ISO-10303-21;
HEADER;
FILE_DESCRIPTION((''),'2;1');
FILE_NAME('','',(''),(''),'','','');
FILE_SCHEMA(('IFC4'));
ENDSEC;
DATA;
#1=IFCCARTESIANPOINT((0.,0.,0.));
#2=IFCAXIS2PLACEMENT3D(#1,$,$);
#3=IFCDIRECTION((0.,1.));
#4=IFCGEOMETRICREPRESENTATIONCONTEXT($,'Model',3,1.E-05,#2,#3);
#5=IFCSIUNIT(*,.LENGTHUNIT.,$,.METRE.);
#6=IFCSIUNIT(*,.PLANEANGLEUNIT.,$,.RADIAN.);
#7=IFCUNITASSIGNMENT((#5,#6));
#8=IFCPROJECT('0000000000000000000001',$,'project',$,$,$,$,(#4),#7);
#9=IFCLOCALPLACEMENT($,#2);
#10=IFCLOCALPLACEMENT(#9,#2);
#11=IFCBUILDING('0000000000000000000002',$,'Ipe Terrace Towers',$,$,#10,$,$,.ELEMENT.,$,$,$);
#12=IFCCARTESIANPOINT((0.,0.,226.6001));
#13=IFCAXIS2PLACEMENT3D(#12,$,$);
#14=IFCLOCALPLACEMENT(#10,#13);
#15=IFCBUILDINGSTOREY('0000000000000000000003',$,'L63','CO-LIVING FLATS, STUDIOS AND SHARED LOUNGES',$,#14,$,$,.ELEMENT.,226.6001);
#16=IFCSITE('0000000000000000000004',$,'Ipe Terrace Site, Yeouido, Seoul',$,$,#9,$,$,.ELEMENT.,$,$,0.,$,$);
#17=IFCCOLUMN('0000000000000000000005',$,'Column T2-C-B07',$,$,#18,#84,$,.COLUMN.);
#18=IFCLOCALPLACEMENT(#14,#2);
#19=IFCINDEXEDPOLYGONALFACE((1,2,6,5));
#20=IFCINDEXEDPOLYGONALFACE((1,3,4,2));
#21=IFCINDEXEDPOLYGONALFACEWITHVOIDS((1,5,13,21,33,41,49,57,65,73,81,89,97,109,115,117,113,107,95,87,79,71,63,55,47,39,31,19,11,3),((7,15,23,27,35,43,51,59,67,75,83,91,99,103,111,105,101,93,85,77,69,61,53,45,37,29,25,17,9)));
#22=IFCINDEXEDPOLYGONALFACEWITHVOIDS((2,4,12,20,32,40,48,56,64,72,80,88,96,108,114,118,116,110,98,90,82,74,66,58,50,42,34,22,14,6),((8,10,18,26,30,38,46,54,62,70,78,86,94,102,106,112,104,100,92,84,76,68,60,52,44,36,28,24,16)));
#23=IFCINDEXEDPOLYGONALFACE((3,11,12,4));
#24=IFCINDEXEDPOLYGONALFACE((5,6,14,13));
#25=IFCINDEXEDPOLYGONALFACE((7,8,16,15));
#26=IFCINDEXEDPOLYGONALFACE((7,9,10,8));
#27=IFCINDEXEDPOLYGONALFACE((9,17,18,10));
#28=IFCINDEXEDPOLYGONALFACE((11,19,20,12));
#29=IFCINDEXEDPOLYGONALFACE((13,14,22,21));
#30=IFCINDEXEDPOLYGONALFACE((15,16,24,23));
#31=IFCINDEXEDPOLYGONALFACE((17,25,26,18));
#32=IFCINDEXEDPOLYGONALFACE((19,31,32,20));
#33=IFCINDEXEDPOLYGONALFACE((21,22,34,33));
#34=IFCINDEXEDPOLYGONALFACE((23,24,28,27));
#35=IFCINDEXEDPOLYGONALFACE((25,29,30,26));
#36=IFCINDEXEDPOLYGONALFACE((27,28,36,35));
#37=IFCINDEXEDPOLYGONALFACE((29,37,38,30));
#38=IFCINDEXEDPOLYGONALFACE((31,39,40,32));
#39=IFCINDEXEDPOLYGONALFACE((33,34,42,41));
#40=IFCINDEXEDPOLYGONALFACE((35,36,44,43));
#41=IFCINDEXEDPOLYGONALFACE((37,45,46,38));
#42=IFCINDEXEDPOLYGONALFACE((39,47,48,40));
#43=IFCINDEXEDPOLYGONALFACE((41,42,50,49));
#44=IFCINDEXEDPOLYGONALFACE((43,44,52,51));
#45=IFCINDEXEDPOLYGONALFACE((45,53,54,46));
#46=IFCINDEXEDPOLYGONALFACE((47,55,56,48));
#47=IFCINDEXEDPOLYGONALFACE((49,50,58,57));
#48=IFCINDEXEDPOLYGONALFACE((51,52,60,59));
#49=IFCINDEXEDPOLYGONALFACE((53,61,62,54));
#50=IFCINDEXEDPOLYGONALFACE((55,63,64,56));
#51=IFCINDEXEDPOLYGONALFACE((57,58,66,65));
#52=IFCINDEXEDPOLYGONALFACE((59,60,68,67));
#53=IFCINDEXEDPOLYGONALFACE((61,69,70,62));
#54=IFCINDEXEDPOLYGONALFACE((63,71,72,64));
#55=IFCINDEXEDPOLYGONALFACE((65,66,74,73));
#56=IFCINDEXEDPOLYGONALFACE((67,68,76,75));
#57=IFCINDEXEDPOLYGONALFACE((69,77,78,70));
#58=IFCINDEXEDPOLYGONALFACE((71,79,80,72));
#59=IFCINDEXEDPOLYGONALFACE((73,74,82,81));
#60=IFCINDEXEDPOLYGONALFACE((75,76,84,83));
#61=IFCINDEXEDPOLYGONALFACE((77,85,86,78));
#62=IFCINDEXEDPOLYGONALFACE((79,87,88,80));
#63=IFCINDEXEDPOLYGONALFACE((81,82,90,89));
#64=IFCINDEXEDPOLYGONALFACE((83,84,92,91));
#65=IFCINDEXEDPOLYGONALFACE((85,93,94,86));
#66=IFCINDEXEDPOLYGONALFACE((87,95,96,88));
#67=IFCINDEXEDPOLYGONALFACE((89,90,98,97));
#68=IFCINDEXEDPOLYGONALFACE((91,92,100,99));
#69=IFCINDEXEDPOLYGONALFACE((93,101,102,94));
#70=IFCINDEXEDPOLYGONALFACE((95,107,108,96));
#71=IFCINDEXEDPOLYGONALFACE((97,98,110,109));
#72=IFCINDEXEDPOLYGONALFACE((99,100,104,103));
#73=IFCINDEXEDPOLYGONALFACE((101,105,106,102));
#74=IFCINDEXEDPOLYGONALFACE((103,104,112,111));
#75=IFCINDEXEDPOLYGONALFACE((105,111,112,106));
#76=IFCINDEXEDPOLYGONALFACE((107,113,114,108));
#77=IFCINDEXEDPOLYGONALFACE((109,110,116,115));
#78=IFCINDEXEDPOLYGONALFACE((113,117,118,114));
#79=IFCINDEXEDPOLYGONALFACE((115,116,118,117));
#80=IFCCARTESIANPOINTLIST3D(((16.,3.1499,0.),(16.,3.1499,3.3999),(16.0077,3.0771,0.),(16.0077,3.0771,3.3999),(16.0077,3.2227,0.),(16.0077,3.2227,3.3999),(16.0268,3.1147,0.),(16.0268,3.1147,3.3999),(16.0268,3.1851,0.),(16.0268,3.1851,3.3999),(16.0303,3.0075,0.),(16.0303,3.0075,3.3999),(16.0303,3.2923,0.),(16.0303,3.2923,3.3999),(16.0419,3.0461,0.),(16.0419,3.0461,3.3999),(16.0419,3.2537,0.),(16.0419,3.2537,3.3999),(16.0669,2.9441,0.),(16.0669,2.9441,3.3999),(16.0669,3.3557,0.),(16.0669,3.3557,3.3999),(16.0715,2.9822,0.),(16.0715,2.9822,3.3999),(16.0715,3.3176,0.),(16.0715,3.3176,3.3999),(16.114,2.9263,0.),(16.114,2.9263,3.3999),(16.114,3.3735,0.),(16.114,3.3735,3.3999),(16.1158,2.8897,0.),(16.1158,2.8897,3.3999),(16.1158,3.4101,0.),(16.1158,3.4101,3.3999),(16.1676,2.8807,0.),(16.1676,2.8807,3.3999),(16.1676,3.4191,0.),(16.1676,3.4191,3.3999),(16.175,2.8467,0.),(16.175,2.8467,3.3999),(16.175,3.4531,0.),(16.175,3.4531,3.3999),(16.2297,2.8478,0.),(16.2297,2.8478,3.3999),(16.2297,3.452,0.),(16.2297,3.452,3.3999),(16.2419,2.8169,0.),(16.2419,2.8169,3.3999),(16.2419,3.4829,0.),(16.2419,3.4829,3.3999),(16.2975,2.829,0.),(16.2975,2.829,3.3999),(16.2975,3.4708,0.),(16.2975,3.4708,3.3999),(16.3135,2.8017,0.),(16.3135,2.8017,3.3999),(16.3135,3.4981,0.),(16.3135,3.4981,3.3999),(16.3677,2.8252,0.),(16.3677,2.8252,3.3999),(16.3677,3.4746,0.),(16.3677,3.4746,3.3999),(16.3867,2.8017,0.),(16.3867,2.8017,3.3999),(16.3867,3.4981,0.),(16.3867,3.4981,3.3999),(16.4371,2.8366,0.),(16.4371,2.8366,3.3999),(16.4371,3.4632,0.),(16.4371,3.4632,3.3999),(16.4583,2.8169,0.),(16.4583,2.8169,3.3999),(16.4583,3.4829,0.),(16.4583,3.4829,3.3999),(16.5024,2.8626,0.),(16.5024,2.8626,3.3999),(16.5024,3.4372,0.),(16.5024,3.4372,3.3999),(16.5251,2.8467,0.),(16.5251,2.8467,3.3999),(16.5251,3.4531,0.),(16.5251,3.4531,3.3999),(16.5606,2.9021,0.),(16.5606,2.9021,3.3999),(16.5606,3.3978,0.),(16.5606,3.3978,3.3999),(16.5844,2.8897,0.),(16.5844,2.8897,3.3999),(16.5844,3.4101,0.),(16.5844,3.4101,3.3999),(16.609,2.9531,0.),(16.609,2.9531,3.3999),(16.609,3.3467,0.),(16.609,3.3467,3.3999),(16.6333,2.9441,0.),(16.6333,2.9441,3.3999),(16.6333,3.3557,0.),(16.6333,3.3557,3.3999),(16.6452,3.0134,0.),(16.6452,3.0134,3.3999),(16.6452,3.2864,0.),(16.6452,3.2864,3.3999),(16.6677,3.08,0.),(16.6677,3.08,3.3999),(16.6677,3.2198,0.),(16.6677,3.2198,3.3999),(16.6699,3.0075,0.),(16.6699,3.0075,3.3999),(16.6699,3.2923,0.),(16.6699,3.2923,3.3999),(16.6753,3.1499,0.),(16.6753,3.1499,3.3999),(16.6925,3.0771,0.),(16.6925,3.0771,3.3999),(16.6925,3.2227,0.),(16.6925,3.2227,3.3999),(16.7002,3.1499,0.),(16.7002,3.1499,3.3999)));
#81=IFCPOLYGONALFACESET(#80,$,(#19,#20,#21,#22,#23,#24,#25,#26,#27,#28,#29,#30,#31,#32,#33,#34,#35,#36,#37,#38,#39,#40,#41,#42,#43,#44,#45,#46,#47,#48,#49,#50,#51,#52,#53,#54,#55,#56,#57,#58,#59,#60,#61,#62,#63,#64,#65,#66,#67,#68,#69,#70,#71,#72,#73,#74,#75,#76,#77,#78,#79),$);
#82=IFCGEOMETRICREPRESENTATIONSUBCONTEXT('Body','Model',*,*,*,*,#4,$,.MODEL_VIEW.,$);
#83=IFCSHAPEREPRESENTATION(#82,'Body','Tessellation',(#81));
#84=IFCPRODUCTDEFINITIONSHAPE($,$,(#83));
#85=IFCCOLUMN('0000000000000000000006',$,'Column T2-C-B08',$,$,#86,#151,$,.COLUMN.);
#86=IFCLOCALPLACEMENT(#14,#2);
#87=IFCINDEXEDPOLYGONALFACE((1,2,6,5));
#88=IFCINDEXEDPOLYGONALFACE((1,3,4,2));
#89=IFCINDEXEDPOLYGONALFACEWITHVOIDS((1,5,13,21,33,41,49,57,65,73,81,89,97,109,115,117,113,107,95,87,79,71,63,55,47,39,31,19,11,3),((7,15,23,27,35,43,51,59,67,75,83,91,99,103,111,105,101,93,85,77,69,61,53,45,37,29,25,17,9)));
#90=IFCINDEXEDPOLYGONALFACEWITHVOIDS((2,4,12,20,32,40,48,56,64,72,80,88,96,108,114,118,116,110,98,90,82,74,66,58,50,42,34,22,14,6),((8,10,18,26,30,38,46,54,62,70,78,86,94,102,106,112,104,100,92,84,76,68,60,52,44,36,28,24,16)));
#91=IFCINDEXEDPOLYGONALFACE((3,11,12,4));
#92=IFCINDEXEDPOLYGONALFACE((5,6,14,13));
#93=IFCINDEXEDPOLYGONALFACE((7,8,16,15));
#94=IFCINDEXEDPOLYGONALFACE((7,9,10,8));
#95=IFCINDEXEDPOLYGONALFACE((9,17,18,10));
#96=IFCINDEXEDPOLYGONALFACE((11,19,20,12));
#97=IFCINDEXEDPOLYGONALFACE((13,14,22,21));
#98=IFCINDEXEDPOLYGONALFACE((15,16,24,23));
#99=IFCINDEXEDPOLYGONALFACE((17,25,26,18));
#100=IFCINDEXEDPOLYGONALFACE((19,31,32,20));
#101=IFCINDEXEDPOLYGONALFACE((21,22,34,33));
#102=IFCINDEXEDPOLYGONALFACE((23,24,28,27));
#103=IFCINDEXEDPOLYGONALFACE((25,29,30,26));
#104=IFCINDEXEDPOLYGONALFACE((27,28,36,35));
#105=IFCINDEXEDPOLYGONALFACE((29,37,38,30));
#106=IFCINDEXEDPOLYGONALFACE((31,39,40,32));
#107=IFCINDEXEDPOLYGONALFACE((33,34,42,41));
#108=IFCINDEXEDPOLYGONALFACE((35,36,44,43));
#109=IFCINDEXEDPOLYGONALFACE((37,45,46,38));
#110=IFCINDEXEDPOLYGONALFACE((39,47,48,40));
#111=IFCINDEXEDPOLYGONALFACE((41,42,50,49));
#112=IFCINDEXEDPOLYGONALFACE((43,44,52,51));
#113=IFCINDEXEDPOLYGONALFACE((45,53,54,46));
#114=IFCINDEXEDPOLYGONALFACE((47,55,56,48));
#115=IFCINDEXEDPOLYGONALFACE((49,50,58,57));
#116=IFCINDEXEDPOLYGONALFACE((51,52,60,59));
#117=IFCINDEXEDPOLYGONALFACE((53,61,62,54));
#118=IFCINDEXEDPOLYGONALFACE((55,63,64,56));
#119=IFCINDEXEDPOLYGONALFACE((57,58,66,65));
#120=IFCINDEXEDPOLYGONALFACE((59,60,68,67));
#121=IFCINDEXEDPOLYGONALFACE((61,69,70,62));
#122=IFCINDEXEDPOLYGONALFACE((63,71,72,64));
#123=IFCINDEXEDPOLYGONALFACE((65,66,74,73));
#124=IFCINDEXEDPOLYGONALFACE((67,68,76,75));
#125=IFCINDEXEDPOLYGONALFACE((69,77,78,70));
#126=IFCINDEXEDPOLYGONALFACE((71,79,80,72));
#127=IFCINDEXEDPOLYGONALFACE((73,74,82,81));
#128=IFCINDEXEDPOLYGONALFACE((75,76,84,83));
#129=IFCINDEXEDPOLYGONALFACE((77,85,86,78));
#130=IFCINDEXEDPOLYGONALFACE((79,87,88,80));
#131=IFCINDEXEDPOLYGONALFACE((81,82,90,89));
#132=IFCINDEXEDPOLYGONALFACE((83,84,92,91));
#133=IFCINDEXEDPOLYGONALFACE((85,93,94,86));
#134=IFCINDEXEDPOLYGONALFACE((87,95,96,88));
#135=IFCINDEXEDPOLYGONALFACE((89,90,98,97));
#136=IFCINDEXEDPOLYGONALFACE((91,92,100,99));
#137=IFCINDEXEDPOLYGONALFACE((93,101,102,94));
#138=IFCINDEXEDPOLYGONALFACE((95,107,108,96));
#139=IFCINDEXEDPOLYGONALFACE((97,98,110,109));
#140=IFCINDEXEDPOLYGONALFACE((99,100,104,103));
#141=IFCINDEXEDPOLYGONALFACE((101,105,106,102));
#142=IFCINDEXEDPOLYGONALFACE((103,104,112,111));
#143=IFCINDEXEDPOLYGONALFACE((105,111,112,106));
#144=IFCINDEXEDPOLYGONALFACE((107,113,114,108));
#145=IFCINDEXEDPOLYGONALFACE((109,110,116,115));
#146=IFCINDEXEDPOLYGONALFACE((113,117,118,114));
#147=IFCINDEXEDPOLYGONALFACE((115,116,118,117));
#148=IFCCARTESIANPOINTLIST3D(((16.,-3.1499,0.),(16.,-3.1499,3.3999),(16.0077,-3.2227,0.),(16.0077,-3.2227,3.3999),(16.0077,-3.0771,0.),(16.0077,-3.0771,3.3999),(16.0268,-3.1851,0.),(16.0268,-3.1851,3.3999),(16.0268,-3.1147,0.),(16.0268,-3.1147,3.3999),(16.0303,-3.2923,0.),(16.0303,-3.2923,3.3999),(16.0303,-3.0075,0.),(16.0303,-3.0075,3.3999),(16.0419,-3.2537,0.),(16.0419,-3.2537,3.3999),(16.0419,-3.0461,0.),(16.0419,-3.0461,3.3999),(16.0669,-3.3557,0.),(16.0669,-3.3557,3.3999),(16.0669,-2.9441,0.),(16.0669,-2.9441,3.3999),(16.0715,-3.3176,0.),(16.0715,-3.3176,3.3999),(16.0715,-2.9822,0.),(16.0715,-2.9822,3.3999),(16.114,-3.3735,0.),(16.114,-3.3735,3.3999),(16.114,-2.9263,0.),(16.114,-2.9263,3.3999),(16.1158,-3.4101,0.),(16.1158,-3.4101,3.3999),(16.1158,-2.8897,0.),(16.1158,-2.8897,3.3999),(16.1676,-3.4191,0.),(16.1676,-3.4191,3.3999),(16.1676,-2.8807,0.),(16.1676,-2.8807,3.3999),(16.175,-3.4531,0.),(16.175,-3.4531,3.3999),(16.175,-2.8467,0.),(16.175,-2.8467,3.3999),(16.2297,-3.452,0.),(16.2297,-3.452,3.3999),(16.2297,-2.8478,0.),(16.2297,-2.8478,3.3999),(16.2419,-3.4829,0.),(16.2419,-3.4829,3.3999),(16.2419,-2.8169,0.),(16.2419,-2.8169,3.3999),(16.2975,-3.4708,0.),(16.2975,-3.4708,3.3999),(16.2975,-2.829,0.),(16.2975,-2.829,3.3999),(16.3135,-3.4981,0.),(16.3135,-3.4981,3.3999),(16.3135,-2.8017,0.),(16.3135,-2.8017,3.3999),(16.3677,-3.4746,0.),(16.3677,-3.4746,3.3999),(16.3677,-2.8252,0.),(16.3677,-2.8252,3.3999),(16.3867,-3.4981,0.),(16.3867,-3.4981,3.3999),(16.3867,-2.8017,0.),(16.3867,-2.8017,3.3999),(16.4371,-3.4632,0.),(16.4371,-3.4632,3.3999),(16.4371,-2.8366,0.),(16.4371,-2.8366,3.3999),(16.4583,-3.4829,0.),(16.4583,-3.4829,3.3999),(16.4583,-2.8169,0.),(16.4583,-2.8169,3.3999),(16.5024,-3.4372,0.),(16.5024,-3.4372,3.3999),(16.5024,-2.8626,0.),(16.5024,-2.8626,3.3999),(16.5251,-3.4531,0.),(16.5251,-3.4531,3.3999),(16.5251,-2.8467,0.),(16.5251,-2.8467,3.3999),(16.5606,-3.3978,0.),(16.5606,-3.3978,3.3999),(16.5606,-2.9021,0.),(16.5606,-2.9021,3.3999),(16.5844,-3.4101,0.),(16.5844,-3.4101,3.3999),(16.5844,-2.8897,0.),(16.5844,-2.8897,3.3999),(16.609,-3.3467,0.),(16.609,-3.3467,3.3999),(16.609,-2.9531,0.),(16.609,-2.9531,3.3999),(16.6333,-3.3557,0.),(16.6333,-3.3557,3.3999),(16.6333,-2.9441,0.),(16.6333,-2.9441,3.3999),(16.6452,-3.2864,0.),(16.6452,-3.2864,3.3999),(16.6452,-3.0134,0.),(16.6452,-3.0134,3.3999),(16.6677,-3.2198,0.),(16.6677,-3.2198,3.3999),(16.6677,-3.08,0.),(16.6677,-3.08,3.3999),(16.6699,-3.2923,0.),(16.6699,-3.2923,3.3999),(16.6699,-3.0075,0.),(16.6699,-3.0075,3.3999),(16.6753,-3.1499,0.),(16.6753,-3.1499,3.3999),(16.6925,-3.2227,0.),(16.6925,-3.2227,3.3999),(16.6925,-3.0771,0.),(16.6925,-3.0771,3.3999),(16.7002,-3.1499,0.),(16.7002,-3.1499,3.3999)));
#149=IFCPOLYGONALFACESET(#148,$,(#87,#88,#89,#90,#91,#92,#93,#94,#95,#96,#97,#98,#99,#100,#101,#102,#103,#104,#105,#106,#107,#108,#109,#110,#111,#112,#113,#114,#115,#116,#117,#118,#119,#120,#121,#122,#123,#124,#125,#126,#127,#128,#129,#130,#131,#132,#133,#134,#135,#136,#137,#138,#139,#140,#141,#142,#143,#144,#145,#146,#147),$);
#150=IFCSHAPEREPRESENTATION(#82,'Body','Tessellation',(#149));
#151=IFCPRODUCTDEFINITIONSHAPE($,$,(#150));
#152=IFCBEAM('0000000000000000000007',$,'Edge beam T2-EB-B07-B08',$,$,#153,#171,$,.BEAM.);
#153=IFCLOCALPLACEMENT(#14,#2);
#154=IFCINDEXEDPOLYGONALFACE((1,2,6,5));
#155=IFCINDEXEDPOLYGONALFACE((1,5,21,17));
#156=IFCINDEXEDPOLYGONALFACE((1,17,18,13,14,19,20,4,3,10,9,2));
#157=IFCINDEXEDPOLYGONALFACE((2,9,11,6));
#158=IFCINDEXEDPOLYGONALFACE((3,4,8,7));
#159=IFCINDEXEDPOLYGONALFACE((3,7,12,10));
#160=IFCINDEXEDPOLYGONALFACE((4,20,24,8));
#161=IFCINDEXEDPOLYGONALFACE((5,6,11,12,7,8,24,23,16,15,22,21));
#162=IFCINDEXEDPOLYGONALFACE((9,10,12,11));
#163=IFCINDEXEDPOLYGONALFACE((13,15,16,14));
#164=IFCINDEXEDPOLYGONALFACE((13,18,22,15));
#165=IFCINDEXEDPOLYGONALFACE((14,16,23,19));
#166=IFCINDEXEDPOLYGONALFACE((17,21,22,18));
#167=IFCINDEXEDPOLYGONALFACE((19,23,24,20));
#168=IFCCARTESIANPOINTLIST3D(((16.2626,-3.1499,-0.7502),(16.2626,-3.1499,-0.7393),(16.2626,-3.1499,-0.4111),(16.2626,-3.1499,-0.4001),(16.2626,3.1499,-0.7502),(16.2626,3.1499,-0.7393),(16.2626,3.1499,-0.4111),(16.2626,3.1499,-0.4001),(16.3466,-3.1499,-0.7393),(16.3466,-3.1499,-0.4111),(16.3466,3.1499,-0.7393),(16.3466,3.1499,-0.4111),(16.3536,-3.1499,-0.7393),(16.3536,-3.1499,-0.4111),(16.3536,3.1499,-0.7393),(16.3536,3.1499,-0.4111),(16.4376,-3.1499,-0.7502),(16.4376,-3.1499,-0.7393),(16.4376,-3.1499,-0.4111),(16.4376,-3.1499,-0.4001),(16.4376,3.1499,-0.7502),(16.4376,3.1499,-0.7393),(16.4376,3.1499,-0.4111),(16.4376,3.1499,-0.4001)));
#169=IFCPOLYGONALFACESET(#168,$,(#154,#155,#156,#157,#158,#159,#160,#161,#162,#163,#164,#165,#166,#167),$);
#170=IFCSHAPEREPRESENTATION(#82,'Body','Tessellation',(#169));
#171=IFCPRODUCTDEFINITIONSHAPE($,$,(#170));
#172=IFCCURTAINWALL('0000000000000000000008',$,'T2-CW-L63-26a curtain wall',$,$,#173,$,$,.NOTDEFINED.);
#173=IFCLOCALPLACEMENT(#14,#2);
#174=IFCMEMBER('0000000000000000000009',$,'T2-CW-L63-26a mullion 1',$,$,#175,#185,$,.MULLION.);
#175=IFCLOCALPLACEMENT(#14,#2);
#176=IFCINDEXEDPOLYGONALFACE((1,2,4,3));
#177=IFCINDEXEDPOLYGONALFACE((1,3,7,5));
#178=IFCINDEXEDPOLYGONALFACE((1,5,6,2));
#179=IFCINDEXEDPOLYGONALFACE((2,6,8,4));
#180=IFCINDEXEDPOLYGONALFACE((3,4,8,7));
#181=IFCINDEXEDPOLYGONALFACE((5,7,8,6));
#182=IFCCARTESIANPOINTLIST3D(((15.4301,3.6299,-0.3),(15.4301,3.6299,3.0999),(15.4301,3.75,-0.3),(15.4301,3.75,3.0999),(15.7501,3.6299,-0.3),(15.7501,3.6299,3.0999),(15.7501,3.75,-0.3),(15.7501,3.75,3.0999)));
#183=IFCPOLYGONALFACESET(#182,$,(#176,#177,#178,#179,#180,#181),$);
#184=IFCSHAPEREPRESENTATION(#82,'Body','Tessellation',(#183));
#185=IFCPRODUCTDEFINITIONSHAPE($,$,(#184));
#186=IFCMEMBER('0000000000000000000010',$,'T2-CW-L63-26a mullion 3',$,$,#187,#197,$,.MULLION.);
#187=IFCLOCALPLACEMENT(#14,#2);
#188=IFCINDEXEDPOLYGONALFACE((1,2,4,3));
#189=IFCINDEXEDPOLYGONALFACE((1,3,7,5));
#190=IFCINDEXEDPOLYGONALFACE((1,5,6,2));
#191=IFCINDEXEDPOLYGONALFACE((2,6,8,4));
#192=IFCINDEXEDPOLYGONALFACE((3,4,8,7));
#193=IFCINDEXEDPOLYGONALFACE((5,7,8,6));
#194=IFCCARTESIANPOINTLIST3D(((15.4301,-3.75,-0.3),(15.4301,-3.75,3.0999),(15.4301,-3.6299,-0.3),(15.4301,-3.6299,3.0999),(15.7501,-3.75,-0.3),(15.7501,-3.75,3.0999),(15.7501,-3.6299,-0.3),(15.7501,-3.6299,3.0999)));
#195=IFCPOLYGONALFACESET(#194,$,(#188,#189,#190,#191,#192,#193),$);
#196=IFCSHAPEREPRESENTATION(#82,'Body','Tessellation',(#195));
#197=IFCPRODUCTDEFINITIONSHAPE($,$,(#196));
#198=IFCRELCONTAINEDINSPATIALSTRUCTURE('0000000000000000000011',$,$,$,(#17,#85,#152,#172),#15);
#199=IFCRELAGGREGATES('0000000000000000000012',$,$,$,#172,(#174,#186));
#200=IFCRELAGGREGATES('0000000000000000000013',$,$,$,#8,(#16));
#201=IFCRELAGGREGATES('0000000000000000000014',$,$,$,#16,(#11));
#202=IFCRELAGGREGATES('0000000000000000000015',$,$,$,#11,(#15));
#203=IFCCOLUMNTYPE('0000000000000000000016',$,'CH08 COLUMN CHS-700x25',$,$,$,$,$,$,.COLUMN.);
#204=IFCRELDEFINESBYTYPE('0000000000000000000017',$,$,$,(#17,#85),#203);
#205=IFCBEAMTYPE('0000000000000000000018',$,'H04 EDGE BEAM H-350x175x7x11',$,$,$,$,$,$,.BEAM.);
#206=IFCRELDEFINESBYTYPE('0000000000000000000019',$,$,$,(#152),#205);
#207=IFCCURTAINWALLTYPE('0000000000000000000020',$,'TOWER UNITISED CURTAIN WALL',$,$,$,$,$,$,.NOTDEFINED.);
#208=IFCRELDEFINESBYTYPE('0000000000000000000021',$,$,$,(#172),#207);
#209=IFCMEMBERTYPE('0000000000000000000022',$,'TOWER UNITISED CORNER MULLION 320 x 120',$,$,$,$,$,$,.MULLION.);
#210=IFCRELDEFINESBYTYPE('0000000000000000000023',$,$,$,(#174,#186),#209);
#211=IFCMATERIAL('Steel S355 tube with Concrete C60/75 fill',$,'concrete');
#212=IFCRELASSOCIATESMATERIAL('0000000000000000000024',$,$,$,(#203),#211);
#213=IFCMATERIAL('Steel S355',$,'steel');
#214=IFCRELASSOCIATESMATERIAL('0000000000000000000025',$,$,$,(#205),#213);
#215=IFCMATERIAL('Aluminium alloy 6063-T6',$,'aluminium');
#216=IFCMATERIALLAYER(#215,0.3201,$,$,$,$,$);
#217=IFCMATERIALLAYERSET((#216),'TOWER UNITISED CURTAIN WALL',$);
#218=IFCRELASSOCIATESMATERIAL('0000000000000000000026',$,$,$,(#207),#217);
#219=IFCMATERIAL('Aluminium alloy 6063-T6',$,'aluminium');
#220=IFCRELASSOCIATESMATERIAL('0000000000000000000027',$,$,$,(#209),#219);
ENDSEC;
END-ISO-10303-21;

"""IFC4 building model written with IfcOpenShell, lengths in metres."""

from ifc_helpers import new_model, si_unit, direction, frame, origin, origin_2d, place, context, subcontext, project, spatial, rectangle, hollow_circle, i_section, extrude, material, layer, layer_set, material_profile, profile_set, type_object, element, aggregate, save


model = new_model("IFC4")

# Units and contexts
model_context = context("Model", 3, precision=1e-05, world=origin(), true_north=direction((0.0, 1.0)))
body_context = subcontext(model_context, "Body", "Model", "MODEL_VIEW")
ifc_project = project(units=[si_unit("LENGTHUNIT", "METRE"), si_unit("PLANEANGLEUNIT", "RADIAN")], contexts=[model_context])

# Site, building, storey
site_placement = place(None, origin())
site = spatial("IfcSite", under=ifc_project, at=site_placement, Name="Ipe Terrace Site, Yeouido, Seoul", CompositionType="ELEMENT", RefElevation=0.0)
building_placement = place(site_placement, origin())
building = spatial("IfcBuilding", under=site, at=building_placement, Name="Ipe Terrace Towers", CompositionType="ELEMENT")
storey_placement = place(building_placement, frame((0.0, 0.0, 226.6001)))
storey = spatial("IfcBuildingStorey", under=building, at=storey_placement, Name="L63", Description="CO-LIVING FLATS, STUDIOS AND SHARED LOUNGES", CompositionType="ELEMENT", Elevation=226.6001)

# Columns
ifc_material_1 = material(Name="Steel S355 tube with Concrete C60/75 fill", Category="concrete")
ifc_material_profile_1 = material_profile(ifc_material_1, hollow_circle(Radius=0.3501, WallThickness=0.0249, at=origin_2d()), Name="CHS-700x25")
ifc_profile_set_1 = profile_set([ifc_material_profile_1], Name="Steel S355 tube with Concrete C60/75 fill")
column_type = type_object("IfcColumnType", Name="CH08 COLUMN CHS-700x25", PredefinedType="COLUMN", material=ifc_profile_set_1)
for number, where, z_axis, x_axis, name in (
    (1, (16.3501, 3.1499, 0.0), (0.0, 0.0, 1.0), (1.0, 0.0, 0.0), "Column T2-C-B07"),
    (2, (16.3501, -3.1499, 0.0), (0.0, 0.0, 1.0), (1.0, 0.0, 0.0), "Column T2-C-B08"),
):
    element("IfcColumn", number, at=place(storey_placement, frame(where, z_axis=z_axis, x_axis=x_axis)), inside=storey, type_object=column_type, Name=name, PredefinedType="COLUMN", context=body_context, shape_type="SweptSolid", body=[
        extrude(hollow_circle(Radius=0.3501, WallThickness=0.0249, at=origin_2d()), origin(), (0.0, 0.0, 1.0), 3.3999),
    ])

# Beam
ifc_material_2 = material(Name="Steel S355", Category="steel")
ifc_material_profile_2 = material_profile(ifc_material_2, i_section(OverallWidth=0.175, OverallDepth=0.3501, WebThickness=0.0071, FlangeThickness=0.011, at=origin_2d()), Name="H-350x175x7x11")
ifc_profile_set_2 = profile_set([ifc_material_profile_2], Name="Steel S355")
beam_type = type_object("IfcBeamType", Name="H04 EDGE BEAM H-350x175x7x11", PredefinedType="BEAM", material=ifc_profile_set_2)
beam_placement = place(storey_placement, frame((16.3501, 3.1499, -0.5752), z_axis=(0.0, -1.0, 0.0), x_axis=(1.0, 0.0, 0.0)))
element("IfcBeam", 3, at=beam_placement, inside=storey, type_object=beam_type, Name="Edge beam T2-EB-B07-B08", PredefinedType="BEAM", context=body_context, shape_type="SweptSolid", body=[
    extrude(i_section(OverallWidth=0.175, OverallDepth=0.3501, WebThickness=0.0071, FlangeThickness=0.011, at=origin_2d()), origin(), (0.0, 0.0, 1.0), 6.2998),
])

# Curtain wall, members
ifc_material_3 = material(Name="Aluminium alloy 6063-T6", Category="aluminium")
ifc_layer_1 = layer(ifc_material_3, 0.3201)
ifc_layer_set_1 = layer_set([ifc_layer_1], Name="TOWER UNITISED CURTAIN WALL")
curtain_wall_type = type_object("IfcCurtainWallType", Name="TOWER UNITISED CURTAIN WALL", PredefinedType="NOTDEFINED", material=ifc_layer_set_1)
curtain_wall_placement = place(storey_placement, origin())
curtain_wall = element("IfcCurtainWall", 4, at=curtain_wall_placement, inside=storey, type_object=curtain_wall_type, Name="T2-CW-L63-26a curtain wall", PredefinedType="NOTDEFINED")
ifc_material_4 = material(Name="Aluminium alloy 6063-T6", Category="aluminium")
ifc_material_profile_3 = material_profile(ifc_material_4, rectangle(XDim=0.3201, YDim=0.1201, at=origin_2d()), Name="TOWER UNITISED CORNER MULLION 320 x 120")
ifc_profile_set_3 = profile_set([ifc_material_profile_3], Name="Aluminium alloy 6063-T6")
member_type_1 = type_object("IfcMemberType", Name="TOWER UNITISED CORNER MULLION 320 x 120", PredefinedType="MULLION", material=ifc_profile_set_3)
member_1_placement = place(storey_placement, frame((15.5901, 3.6899, -0.3), z_axis=(0.0, 0.0, 1.0), x_axis=(-1.0, 0.0, 0.0)))
member_1 = element("IfcMember", 5, at=member_1_placement, type_object=member_type_1, Name="T2-CW-L63-26a mullion 1", PredefinedType="MULLION", context=body_context, shape_type="SweptSolid", body=[
    extrude(rectangle(XDim=0.3201, YDim=0.1201, at=origin_2d()), origin(), (0.0, 0.0, 1.0), 3.3999),
])
member_2_placement = place(storey_placement, frame((15.5901, -3.6899, -0.3), z_axis=(0.0, 0.0, 1.0), x_axis=(-1.0, 0.0, 0.0)))
member_2 = element("IfcMember", 6, at=member_2_placement, type_object=member_type_1, Name="T2-CW-L63-26a mullion 3", PredefinedType="MULLION", context=body_context, shape_type="SweptSolid", body=[
    extrude(rectangle(XDim=0.3201, YDim=0.1201, at=origin_2d()), origin(), (0.0, 0.0, 1.0), 3.3999),
])

aggregate(curtain_wall, [member_1, member_2])

save(model, "model.ifc")
